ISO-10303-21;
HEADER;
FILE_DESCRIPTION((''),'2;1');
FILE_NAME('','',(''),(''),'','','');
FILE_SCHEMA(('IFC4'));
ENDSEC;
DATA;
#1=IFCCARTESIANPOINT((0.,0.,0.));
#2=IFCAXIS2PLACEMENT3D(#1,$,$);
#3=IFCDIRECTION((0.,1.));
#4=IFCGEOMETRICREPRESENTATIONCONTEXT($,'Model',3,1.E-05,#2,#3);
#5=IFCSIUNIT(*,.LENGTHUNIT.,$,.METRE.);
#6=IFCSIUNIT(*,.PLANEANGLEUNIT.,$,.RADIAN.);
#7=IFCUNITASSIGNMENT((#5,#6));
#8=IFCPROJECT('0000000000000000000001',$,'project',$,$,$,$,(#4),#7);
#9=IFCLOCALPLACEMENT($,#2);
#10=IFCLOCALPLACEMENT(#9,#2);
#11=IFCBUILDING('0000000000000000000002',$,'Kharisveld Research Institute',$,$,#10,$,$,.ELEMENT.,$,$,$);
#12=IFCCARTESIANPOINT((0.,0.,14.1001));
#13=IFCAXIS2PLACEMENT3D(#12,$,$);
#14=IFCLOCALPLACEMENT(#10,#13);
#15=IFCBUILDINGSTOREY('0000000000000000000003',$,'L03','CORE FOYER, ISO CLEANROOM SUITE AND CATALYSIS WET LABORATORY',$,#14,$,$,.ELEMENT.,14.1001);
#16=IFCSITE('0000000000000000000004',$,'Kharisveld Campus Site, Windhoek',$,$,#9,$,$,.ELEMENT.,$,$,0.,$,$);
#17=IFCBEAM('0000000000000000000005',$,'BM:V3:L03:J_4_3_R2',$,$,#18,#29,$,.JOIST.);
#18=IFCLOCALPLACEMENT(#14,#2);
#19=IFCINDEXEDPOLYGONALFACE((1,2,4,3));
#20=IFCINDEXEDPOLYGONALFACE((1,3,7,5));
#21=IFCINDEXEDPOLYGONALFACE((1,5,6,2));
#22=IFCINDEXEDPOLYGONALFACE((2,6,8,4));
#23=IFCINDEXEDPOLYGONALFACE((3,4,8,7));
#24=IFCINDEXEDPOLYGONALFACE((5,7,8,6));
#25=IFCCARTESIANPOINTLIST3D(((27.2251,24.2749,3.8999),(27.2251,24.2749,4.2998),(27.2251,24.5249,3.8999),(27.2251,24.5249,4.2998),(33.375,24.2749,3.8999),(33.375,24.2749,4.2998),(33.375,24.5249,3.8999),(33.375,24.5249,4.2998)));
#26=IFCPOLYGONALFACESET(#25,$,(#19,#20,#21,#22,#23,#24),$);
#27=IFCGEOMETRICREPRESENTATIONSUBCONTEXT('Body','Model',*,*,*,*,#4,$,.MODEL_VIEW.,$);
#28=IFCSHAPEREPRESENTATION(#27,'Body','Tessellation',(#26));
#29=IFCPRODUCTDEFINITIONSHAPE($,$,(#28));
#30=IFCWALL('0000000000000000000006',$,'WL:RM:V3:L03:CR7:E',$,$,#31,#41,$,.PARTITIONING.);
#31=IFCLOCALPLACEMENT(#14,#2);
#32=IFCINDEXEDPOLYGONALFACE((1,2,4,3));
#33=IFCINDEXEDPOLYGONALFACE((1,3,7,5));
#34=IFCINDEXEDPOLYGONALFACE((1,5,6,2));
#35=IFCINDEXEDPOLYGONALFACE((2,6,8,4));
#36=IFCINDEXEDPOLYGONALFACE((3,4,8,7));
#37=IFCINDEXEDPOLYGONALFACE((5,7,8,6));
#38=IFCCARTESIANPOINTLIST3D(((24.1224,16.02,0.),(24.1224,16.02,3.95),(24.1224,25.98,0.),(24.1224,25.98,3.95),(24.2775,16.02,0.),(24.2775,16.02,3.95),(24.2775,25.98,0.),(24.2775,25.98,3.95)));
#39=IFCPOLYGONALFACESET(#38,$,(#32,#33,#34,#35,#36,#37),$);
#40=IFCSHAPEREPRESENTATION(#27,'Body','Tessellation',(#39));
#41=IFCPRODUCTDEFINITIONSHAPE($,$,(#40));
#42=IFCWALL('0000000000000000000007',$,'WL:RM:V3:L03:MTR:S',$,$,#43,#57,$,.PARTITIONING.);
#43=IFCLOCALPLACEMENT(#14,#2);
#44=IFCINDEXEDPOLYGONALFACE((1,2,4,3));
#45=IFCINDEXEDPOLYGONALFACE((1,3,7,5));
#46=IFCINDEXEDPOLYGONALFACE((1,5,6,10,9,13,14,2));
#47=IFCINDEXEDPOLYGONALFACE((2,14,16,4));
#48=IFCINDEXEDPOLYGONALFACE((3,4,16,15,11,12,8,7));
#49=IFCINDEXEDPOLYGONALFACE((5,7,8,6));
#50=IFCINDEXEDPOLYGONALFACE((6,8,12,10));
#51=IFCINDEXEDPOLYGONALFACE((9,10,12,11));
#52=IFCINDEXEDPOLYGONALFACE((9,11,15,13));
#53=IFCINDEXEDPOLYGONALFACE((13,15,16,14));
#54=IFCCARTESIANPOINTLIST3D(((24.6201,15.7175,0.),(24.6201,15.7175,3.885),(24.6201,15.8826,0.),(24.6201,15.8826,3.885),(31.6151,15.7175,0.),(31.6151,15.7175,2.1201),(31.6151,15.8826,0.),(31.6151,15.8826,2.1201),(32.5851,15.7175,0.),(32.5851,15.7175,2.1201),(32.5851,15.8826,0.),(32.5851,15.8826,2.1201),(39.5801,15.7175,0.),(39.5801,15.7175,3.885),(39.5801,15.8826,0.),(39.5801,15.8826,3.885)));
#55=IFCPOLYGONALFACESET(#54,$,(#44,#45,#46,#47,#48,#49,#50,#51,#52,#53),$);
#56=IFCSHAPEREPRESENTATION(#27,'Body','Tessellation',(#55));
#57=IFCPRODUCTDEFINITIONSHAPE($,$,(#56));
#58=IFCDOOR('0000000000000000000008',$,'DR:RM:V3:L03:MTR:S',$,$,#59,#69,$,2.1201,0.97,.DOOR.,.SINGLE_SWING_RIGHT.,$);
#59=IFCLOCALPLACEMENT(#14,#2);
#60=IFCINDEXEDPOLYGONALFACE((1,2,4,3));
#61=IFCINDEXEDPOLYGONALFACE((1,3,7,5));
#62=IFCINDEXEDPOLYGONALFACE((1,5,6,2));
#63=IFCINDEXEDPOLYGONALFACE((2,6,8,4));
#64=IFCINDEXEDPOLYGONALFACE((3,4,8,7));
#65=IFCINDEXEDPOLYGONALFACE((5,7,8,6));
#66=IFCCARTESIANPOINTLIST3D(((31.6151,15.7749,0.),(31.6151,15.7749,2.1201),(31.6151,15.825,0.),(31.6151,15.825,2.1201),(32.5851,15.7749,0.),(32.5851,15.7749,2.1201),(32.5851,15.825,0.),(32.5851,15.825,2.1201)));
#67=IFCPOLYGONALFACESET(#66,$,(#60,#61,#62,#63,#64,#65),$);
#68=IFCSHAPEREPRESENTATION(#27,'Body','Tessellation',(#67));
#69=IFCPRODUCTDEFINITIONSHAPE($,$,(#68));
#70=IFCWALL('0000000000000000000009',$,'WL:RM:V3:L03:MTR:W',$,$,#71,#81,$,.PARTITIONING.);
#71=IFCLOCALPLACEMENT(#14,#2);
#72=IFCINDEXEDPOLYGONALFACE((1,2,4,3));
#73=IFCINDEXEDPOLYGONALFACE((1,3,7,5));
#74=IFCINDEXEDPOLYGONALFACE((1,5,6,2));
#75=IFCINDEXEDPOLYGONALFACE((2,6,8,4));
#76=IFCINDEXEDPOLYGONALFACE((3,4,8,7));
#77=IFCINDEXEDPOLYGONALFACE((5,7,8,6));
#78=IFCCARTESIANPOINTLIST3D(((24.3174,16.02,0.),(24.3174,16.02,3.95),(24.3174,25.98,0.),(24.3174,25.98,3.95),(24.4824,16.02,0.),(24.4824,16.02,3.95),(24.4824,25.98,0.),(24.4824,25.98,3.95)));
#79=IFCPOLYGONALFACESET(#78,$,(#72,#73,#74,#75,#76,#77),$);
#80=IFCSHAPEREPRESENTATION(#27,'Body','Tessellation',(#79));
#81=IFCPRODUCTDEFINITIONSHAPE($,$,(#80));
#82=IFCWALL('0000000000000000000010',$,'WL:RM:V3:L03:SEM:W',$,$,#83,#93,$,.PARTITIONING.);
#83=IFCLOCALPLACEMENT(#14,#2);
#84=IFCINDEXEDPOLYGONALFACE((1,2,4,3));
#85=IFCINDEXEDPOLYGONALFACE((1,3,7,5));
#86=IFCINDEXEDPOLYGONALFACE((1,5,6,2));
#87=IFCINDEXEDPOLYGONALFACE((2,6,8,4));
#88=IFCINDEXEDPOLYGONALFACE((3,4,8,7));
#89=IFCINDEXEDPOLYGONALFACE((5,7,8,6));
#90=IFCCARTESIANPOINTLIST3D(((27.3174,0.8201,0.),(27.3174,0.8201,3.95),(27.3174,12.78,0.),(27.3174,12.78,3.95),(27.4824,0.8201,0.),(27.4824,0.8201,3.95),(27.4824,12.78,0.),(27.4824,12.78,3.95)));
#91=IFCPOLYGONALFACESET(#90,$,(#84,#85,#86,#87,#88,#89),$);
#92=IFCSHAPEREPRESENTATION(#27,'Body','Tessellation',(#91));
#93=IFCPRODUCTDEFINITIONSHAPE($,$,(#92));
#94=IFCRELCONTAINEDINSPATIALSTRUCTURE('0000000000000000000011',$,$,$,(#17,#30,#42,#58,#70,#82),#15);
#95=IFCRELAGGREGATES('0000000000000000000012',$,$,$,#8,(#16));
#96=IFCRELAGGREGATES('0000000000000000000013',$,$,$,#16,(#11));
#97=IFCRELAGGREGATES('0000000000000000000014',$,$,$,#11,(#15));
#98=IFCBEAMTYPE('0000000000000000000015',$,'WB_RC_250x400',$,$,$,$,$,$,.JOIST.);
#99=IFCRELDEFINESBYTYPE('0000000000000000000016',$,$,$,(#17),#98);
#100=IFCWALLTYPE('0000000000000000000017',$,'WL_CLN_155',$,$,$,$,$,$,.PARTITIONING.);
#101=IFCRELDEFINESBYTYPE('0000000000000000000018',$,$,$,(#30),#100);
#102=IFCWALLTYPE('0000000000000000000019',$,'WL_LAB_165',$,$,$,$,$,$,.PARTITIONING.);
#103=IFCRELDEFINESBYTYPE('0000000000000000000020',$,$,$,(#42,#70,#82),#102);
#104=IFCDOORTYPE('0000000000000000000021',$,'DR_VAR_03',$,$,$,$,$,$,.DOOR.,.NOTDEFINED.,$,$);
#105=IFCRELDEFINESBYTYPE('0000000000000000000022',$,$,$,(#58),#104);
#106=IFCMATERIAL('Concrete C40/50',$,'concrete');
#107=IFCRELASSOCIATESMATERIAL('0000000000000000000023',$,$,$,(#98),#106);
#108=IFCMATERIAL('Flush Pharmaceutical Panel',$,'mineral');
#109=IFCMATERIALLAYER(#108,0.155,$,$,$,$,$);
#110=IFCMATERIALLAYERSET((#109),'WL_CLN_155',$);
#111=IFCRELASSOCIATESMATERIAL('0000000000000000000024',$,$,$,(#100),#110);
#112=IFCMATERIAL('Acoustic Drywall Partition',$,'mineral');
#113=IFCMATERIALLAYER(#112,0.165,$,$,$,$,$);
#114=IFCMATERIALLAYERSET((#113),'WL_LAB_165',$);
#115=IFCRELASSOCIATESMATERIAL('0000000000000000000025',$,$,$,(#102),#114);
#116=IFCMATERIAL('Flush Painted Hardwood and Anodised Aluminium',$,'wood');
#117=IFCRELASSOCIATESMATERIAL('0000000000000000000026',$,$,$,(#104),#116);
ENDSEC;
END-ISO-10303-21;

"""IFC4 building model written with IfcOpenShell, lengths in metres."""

from ifc_helpers import new_model, si_unit, direction, frame, frame_2d, origin, origin_2d, place, context, subcontext, project, spatial, rectangle, extrude, material, layer, layer_set, material_profile, profile_set, type_object, element, fill, save


model = new_model("IFC4")

# Units and contexts
model_context = context("Model", 3, precision=1e-05, world=origin(), true_north=direction((0.0, 1.0)))
body_context = subcontext(model_context, "Body", "Model", "MODEL_VIEW")
ifc_project = project(units=[si_unit("LENGTHUNIT", "METRE"), si_unit("PLANEANGLEUNIT", "RADIAN")], contexts=[model_context])

# Site, building, storey
site_placement = place(None, origin())
site = spatial("IfcSite", under=ifc_project, at=site_placement, Name="Kharisveld Campus Site, Windhoek", CompositionType="ELEMENT", RefElevation=0.0)
building_placement = place(site_placement, origin())
building = spatial("IfcBuilding", under=site, at=building_placement, Name="Kharisveld Research Institute", CompositionType="ELEMENT")
storey_placement = place(building_placement, frame((0.0, 0.0, 14.1001)))
storey = spatial("IfcBuildingStorey", under=building, at=storey_placement, Name="L03", Description="CORE FOYER, ISO CLEANROOM SUITE AND CATALYSIS WET LABORATORY", CompositionType="ELEMENT", Elevation=14.1001)

# Beam
ifc_material_1 = material(Name="Concrete C40/50", Category="concrete")
ifc_material_profile_1 = material_profile(ifc_material_1, rectangle(XDim=0.25, YDim=0.3999, at=origin_2d()))
ifc_profile_set_1 = profile_set([ifc_material_profile_1], Name="Concrete C40/50")
beam_type_1 = type_object("IfcBeamType", Name="WB_RC_250x400", PredefinedType="JOIST", material=ifc_profile_set_1)
for number, where, z_axis, x_axis, name in (
    (1, (27.2251, 24.3999, 4.0999), (1.0, 0.0, 0.0), (0.0, 1.0, 0.0), "BM:V3:L03:J_4_3_R2"),
):
    element("IfcBeam", number, at=place(storey_placement, frame(where, z_axis=z_axis, x_axis=x_axis)), inside=storey, type_object=beam_type_1, Name=name, PredefinedType="JOIST", context=body_context, shape_type="SweptSolid", body=[
        extrude(rectangle(XDim=0.25, YDim=0.3999, at=origin_2d()), origin(), (0.0, 0.0, 1.0), 6.1499),
    ])

# Wall
ifc_material_2 = material(Name="Flush Pharmaceutical Panel", Category="mineral")
ifc_layer_1 = layer(ifc_material_2, 0.155)
ifc_layer_set_1 = layer_set([ifc_layer_1], Name="WL_CLN_155")
wall_type_1 = type_object("IfcWallType", Name="WL_CLN_155", PredefinedType="PARTITIONING", material=ifc_layer_set_1)
wall_1_placement = place(storey_placement, frame((24.2, 16.02, 0.0), z_axis=(0.0, 0.0, 1.0), x_axis=(0.0, 1.0, 0.0)))
element("IfcWall", 2, at=wall_1_placement, inside=storey, type_object=wall_type_1, Name="WL:RM:V3:L03:CR7:E", PredefinedType="PARTITIONING", context=body_context, shape_type="SweptSolid", body=[
    extrude(rectangle(XDim=9.96, YDim=0.155, at=frame_2d((4.98, 0.0))), origin(), (0.0, 0.0, 1.0), 3.95),
])

# Wall, opening, door
ifc_material_3 = material(Name="Acoustic Drywall Partition", Category="mineral")
ifc_layer_2 = layer(ifc_material_3, 0.165)
ifc_layer_set_2 = layer_set([ifc_layer_2], Name="WL_LAB_165")
wall_type_2 = type_object("IfcWallType", Name="WL_LAB_165", PredefinedType="PARTITIONING", material=ifc_layer_set_2)
wall_2_placement = place(storey_placement, frame((24.6201, 15.8, 0.0), z_axis=(0.0, 0.0, 1.0), x_axis=(1.0, 0.0, 0.0)))
wall_2 = element("IfcWall", 3, at=wall_2_placement, inside=storey, type_object=wall_type_2, Name="WL:RM:V3:L03:MTR:S", PredefinedType="PARTITIONING", context=body_context, shape_type="SweptSolid", body=[
    extrude(rectangle(XDim=14.96, YDim=0.165, at=frame_2d((7.48, 0.0))), origin(), (0.0, 0.0, 1.0), 3.885),
])
opening_placement = place(wall_2_placement, frame((6.9951, 0.0, 0.0)))
opening = element("IfcOpeningElement", 4, at=opening_placement, cuts=wall_2, PredefinedType="OPENING", context=body_context, shape_type="SweptSolid", body=[
    extrude(rectangle(XDim=0.97, YDim=2.1201, at=frame_2d((0.4849, 1.0601))), frame((0.0, 0.0825, 0.0), z_axis=(0.0, -1.0, 0.0), x_axis=(1.0, 0.0, 0.0)), (0.0, 0.0, 1.0), 0.165),
])
ifc_material_4 = material(Name="Flush Painted Hardwood and Anodised Aluminium", Category="wood")
door_type = type_object("IfcDoorType", Name="DR_VAR_03", OperationType="NOTDEFINED", PredefinedType="DOOR", material=ifc_material_4)
door_placement = place(opening_placement, origin())
door = element("IfcDoor", 5, at=door_placement, inside=storey, type_object=door_type, Name="DR:RM:V3:L03:MTR:S", OperationType="SINGLE_SWING_RIGHT", OverallHeight=2.1201, OverallWidth=0.97, PredefinedType="DOOR", context=body_context, shape_type="SweptSolid", body=[
    extrude(rectangle(XDim=0.97, YDim=2.1201, at=frame_2d((0.4849, 1.0601))), frame((0.0, 0.0249, 0.0), z_axis=(0.0, -1.0, 0.0), x_axis=(1.0, 0.0, 0.0)), (0.0, 0.0, 1.0), 0.05),
])
fill(opening, door)

# Walls
wall_3_placement = place(storey_placement, frame((24.3999, 25.98, 0.0), z_axis=(0.0, 0.0, 1.0), x_axis=(0.0, -1.0, 0.0)))
element("IfcWall", 6, at=wall_3_placement, inside=storey, type_object=wall_type_2, Name="WL:RM:V3:L03:MTR:W", PredefinedType="PARTITIONING", context=body_context, shape_type="SweptSolid", body=[
    extrude(rectangle(XDim=9.96, YDim=0.165, at=frame_2d((4.98, 0.0))), origin(), (0.0, 0.0, 1.0), 3.95),
])
wall_4_placement = place(storey_placement, frame((27.3999, 12.78, 0.0), z_axis=(0.0, 0.0, 1.0), x_axis=(0.0, -1.0, 0.0)))
element("IfcWall", 7, at=wall_4_placement, inside=storey, type_object=wall_type_2, Name="WL:RM:V3:L03:SEM:W", PredefinedType="PARTITIONING", context=body_context, shape_type="SweptSolid", body=[
    extrude(rectangle(XDim=11.96, YDim=0.165, at=frame_2d((5.98, 0.0))), origin(), (0.0, 0.0, 1.0), 3.95),
])

save(model, "model.ifc")
